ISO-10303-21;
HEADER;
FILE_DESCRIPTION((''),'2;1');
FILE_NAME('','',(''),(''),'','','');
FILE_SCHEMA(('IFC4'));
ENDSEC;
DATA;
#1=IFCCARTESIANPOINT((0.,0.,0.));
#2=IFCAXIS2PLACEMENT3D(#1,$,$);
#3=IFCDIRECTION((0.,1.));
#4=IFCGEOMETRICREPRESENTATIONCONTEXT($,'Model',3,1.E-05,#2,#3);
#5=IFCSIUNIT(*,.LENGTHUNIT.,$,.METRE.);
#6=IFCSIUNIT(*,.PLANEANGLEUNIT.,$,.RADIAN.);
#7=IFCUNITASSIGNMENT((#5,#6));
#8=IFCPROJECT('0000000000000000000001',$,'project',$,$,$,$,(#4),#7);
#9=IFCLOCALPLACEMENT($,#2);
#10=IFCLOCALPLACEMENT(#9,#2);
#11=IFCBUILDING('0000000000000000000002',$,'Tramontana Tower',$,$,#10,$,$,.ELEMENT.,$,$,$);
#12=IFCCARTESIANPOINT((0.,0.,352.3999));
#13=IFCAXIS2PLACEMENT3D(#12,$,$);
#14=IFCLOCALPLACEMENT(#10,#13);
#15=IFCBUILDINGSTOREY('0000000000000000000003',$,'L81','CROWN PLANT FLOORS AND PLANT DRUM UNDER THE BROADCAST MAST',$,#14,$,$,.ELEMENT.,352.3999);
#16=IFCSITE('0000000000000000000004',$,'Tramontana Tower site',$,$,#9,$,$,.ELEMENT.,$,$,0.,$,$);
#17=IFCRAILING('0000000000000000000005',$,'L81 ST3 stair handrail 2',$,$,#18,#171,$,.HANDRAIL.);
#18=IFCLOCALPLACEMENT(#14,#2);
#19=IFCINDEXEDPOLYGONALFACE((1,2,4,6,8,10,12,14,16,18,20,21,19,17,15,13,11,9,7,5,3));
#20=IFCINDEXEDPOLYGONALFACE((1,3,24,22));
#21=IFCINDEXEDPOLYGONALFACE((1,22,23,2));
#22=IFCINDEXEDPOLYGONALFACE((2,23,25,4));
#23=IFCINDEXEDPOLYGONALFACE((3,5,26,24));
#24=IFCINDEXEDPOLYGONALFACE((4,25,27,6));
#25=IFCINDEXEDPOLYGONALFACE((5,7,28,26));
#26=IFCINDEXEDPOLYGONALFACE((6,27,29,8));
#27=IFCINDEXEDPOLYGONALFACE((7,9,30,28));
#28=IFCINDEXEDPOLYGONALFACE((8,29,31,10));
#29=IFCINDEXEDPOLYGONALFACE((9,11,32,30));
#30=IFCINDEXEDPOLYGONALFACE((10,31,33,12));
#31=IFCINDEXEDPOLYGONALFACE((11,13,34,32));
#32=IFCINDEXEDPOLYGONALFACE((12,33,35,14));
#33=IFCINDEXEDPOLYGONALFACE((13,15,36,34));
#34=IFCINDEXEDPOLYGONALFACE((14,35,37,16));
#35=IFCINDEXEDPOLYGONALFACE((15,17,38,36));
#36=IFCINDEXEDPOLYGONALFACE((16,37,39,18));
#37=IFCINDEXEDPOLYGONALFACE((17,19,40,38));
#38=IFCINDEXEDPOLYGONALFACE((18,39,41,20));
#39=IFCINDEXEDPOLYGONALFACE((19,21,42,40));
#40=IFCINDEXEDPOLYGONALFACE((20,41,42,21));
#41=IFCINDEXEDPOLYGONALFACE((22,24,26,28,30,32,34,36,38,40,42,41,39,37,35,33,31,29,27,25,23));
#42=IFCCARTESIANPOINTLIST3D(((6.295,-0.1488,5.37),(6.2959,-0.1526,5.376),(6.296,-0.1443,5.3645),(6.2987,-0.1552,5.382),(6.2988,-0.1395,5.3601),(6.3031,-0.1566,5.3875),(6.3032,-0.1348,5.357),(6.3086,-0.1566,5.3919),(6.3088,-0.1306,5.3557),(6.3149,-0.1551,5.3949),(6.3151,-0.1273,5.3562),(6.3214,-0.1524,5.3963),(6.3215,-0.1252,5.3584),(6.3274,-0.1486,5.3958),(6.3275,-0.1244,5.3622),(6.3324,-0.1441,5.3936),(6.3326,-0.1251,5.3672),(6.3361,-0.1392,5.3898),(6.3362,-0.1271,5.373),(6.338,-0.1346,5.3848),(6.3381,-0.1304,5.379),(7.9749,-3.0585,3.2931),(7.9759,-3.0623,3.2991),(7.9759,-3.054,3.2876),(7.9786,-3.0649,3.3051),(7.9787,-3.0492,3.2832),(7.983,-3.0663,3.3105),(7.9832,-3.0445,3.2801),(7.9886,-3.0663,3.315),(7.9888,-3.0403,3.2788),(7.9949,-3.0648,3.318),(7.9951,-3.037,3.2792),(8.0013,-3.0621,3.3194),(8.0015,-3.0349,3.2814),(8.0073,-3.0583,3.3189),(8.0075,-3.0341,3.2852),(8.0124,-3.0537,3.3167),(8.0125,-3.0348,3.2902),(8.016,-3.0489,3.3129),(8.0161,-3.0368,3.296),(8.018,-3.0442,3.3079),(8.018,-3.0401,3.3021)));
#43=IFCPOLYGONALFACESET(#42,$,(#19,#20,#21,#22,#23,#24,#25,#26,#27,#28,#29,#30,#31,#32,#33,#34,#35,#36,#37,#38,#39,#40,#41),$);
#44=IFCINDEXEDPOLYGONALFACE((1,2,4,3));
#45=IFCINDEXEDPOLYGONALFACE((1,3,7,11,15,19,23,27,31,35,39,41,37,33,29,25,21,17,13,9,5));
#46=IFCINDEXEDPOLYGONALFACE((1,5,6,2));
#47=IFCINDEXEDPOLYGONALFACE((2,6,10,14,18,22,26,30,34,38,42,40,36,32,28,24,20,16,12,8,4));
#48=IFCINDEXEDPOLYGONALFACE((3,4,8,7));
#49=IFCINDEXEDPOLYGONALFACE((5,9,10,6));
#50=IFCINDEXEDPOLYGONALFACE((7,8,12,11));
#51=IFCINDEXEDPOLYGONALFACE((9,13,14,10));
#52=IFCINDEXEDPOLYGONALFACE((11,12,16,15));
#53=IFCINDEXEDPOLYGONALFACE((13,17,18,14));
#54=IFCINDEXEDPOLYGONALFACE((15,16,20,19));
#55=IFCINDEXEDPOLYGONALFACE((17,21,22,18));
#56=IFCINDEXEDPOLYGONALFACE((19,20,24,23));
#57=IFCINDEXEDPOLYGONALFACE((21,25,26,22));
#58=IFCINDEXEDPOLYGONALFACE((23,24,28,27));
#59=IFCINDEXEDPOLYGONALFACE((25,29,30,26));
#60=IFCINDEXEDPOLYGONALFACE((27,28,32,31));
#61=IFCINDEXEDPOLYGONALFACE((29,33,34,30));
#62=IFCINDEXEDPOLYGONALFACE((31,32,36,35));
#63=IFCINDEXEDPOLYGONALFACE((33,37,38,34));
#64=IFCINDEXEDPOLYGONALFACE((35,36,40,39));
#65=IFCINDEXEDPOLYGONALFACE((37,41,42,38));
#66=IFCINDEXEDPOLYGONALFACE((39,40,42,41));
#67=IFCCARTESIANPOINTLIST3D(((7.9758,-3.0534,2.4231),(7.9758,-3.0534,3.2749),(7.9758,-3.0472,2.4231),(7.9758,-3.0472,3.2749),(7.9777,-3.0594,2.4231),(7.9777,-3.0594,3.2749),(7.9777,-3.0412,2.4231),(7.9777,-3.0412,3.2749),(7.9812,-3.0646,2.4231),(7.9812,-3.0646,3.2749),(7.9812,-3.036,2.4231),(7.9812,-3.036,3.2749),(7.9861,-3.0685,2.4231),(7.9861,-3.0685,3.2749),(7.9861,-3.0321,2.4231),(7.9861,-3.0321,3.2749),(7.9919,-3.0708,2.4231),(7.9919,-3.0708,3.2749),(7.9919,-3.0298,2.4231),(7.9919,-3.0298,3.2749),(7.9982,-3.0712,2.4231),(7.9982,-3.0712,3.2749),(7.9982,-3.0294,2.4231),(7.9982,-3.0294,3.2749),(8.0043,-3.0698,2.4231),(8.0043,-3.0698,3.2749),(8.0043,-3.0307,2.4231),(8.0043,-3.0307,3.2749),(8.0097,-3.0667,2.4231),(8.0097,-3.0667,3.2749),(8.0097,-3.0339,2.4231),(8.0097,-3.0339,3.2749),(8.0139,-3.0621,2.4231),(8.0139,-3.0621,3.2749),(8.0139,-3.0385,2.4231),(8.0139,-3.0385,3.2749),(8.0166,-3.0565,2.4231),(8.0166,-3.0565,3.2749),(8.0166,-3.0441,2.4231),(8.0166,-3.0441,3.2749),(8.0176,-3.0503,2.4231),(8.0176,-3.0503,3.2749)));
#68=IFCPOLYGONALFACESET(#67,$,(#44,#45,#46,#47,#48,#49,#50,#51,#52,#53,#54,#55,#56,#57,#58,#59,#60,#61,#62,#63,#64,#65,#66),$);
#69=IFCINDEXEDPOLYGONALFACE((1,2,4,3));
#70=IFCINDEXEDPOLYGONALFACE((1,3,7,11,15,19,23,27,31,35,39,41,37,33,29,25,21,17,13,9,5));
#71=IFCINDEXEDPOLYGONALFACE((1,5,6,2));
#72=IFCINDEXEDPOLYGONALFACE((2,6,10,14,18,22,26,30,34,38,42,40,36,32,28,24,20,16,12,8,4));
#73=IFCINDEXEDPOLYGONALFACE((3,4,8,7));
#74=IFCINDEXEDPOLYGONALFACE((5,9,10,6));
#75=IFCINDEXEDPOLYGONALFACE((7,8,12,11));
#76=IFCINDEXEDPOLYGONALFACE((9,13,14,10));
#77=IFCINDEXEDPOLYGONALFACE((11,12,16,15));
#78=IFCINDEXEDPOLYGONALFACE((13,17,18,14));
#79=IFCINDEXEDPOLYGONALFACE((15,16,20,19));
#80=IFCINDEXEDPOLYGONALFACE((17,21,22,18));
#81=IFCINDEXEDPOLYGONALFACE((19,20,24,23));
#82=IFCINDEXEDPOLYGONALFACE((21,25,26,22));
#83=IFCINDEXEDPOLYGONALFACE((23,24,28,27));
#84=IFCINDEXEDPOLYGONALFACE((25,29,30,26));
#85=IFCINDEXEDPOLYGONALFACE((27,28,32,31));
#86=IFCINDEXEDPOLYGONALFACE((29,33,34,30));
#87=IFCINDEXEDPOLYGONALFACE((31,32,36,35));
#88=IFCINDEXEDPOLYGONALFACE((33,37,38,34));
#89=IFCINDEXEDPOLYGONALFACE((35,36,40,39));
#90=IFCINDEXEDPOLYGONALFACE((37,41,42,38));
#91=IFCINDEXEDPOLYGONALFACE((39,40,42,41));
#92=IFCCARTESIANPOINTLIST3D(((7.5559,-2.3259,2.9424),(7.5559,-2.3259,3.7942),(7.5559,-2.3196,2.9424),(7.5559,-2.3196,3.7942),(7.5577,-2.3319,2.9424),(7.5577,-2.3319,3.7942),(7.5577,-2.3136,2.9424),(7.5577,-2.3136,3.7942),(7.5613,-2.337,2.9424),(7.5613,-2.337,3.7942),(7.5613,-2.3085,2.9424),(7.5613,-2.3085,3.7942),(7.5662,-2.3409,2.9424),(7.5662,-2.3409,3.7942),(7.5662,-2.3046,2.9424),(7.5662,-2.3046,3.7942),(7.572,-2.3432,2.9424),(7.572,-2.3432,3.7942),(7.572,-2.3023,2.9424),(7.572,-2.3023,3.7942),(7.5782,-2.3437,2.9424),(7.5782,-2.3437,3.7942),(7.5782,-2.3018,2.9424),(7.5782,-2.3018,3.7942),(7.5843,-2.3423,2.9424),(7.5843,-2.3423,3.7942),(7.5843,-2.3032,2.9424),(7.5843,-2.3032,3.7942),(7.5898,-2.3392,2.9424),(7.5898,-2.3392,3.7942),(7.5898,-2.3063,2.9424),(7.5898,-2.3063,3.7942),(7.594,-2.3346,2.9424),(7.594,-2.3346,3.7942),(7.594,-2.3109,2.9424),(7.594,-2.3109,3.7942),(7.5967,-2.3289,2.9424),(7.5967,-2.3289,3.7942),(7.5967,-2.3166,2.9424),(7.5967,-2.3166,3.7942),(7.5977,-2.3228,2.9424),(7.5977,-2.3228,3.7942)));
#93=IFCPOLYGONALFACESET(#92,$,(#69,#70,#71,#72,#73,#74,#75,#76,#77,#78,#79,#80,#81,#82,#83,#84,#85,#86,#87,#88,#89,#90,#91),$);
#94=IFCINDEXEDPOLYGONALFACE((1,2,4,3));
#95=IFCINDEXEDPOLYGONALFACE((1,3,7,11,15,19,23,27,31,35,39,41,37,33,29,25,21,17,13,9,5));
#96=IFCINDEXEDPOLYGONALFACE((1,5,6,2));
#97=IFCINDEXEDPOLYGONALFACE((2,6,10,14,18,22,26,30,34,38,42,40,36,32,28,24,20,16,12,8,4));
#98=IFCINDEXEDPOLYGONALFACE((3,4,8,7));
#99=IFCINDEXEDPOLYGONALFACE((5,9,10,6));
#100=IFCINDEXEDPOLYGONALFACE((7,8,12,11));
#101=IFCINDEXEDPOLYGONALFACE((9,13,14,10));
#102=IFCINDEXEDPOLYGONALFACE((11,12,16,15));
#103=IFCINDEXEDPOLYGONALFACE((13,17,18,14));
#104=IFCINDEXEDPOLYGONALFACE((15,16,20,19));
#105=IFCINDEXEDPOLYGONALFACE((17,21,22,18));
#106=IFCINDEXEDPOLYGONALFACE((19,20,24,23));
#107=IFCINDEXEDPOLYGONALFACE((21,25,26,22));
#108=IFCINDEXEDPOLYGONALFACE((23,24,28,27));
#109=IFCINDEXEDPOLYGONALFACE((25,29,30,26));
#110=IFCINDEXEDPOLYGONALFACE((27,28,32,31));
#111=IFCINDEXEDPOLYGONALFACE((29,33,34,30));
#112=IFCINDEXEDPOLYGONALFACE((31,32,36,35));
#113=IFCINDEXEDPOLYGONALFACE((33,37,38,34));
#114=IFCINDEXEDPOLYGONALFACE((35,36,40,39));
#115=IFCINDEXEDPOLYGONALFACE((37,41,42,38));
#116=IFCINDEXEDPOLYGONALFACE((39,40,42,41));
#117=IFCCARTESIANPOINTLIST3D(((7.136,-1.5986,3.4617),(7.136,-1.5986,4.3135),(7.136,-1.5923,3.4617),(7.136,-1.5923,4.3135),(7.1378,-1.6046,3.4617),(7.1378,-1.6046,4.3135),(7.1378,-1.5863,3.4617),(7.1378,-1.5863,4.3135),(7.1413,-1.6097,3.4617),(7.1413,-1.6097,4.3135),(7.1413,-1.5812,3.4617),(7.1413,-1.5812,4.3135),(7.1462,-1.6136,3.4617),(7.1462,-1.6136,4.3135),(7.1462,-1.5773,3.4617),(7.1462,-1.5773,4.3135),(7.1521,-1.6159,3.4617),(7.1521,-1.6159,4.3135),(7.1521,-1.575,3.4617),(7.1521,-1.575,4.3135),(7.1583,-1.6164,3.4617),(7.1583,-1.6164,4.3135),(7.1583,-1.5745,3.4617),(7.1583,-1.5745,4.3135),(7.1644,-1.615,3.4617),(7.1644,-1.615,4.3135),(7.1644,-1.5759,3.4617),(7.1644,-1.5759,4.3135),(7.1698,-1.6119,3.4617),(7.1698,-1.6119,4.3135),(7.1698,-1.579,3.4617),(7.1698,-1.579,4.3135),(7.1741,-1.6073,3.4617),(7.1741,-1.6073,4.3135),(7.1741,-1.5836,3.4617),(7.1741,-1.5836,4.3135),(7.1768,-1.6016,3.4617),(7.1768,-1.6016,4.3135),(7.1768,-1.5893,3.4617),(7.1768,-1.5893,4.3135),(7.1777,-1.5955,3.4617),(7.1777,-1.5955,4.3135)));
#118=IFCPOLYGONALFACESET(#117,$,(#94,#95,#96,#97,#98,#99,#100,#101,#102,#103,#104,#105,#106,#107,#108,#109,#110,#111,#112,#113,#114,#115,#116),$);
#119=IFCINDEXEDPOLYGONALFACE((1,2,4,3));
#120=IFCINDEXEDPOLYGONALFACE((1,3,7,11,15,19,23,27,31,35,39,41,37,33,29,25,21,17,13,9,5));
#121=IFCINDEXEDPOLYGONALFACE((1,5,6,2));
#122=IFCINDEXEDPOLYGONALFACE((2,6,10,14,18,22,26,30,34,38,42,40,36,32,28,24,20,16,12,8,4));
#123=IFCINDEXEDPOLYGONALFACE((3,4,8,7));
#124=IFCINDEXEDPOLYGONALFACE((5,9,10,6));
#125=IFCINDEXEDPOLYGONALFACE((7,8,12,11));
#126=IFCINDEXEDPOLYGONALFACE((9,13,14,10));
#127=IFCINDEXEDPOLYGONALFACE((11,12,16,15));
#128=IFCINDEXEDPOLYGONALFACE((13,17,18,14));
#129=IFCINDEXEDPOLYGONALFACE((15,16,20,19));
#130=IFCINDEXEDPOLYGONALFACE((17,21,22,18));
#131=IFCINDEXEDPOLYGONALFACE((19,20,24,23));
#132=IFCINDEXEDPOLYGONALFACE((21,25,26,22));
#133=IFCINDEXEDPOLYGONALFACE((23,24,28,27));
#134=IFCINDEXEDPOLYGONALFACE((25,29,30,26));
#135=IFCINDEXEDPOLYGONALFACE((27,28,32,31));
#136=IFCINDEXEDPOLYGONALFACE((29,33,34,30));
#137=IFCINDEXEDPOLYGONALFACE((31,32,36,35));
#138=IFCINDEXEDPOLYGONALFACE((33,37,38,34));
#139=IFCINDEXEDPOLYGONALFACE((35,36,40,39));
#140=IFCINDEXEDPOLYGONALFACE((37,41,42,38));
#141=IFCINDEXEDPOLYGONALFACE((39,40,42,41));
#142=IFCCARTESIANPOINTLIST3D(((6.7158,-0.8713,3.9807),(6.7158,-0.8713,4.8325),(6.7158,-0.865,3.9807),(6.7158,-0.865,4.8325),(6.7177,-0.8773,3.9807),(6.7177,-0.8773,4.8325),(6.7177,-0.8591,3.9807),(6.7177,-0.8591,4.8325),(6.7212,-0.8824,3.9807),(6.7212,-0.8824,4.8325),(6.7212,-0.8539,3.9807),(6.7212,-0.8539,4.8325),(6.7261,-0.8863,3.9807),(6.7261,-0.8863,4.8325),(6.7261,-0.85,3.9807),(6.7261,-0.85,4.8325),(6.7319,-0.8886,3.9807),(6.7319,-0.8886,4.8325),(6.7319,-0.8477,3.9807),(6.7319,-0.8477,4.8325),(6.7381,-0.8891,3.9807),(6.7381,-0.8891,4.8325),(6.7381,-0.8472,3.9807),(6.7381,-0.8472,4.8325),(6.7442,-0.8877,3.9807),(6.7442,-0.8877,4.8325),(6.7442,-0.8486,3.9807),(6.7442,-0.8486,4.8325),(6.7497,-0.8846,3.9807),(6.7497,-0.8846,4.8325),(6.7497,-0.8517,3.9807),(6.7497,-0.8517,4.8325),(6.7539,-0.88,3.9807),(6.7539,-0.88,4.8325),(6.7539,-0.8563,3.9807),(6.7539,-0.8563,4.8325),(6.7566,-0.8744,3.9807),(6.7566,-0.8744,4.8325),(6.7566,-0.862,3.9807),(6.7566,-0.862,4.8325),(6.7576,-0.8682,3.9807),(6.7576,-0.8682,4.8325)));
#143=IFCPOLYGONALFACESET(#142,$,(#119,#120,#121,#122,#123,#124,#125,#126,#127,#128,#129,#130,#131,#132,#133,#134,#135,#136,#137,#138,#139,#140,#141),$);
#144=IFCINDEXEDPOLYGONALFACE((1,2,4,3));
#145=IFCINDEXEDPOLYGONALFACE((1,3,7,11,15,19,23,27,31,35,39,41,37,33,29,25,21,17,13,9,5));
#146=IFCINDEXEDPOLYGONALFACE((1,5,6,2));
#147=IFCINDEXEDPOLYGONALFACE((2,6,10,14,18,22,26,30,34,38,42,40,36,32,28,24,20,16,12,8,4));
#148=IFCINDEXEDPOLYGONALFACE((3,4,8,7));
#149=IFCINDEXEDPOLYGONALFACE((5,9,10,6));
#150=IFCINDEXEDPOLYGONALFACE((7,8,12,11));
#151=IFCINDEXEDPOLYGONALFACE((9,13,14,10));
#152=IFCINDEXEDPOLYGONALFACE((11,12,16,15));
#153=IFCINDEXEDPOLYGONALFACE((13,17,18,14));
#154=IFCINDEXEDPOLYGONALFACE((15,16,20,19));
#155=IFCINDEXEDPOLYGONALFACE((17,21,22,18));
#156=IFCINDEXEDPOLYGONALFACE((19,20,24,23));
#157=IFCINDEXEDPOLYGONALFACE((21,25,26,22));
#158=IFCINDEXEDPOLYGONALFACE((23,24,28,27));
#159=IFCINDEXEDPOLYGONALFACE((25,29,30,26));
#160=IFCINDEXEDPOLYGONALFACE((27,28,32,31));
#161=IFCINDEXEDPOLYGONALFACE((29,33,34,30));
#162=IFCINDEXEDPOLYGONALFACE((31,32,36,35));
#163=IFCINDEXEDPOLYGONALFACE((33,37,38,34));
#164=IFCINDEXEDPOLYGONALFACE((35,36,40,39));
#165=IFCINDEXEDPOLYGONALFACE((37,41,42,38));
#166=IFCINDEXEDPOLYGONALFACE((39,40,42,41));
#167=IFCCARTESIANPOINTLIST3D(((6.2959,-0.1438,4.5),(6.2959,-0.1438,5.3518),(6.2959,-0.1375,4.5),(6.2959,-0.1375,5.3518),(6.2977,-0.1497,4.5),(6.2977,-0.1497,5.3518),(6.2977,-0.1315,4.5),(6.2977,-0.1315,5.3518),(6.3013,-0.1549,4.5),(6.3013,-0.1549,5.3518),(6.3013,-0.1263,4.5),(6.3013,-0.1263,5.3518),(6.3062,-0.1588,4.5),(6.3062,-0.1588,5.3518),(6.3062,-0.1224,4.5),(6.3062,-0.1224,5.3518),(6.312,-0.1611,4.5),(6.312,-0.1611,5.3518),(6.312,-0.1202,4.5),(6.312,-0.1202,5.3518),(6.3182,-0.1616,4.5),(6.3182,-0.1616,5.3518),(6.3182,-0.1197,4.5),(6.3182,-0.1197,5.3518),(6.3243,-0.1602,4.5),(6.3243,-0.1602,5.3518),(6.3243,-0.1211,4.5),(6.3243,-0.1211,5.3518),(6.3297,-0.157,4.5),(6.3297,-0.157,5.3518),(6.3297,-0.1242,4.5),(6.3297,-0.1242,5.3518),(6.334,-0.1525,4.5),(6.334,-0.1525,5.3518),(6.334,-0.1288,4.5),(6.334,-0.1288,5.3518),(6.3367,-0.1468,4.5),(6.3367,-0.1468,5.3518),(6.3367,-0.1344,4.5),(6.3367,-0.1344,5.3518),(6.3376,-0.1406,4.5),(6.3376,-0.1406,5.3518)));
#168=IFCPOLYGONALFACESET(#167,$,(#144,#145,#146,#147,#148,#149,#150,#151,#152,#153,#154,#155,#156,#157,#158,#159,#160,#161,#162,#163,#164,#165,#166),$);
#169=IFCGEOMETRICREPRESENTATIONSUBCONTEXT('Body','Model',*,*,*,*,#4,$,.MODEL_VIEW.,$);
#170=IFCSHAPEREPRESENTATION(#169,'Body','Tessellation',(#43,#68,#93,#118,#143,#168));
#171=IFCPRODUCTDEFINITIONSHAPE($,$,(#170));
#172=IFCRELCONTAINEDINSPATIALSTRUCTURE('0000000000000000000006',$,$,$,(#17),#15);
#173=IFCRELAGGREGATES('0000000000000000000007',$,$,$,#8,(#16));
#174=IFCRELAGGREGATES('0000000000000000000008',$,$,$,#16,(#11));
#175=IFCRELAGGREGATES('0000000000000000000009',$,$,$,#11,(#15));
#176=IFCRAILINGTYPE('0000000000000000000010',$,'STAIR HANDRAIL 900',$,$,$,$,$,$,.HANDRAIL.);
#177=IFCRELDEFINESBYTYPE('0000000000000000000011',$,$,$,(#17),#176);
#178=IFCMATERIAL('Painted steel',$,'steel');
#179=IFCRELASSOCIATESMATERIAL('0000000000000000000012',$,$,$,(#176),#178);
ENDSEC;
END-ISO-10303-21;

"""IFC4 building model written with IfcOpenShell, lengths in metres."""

from ifc_helpers import new_model, si_unit, direction, frame, origin, origin_2d, place, context, subcontext, project, spatial, circle, extrude, material, type_object, element, save


model = new_model("IFC4")

# Units and contexts
model_context = context("Model", 3, precision=1e-05, world=origin(), true_north=direction((0.0, 1.0)))
body_context = subcontext(model_context, "Body", "Model", "MODEL_VIEW")
ifc_project = project(units=[si_unit("LENGTHUNIT", "METRE"), si_unit("PLANEANGLEUNIT", "RADIAN")], contexts=[model_context])

# Site, building, storey
site_placement = place(None, origin())
site = spatial("IfcSite", under=ifc_project, at=site_placement, Name="Tramontana Tower site", CompositionType="ELEMENT", RefElevation=0.0)
building_placement = place(site_placement, origin())
building = spatial("IfcBuilding", under=site, at=building_placement, Name="Tramontana Tower", CompositionType="ELEMENT")
storey_placement = place(building_placement, frame((0.0, 0.0, 352.3999)))
storey = spatial("IfcBuildingStorey", under=building, at=storey_placement, Name="L81", Description="CROWN PLANT FLOORS AND PLANT DRUM UNDER THE BROADCAST MAST", CompositionType="ELEMENT", Elevation=352.3999)

# Railing
ifc_material_1 = material(Name="Painted steel", Category="steel")
railing_type_1 = type_object("IfcRailingType", Name="STAIR HANDRAIL 900", PredefinedType="HANDRAIL", material=ifc_material_1)
railing_1_placement = place(storey_placement, frame((7.9966, -3.0503, 2.4231)))
element("IfcRailing", 1, at=railing_1_placement, inside=storey, type_object=railing_type_1, Name="L81 ST3 stair handrail 2", PredefinedType="HANDRAIL", context=body_context, shape_type="SweptSolid", body=[
    extrude(circle(Radius=0.0239, at=origin_2d()), frame((0.0, 0.0, 0.876), z_axis=(-0.425308, 0.73664, 0.525809), x_axis=(-0.866021, -0.500008, 0.0)), (0.0, 0.0, 1.0), 3.95),
    extrude(circle(Radius=0.021, at=origin_2d()), origin(), (0.0, 0.0, 1.0), 0.8518),
    extrude(circle(Radius=0.021, at=origin_2d()), frame((-0.4199, 0.7275, 0.5193)), (0.0, 0.0, 1.0), 0.8518),
    extrude(circle(Radius=0.021, at=origin_2d()), frame((-0.8398, 1.4548, 1.0386)), (0.0, 0.0, 1.0), 0.8518),
    extrude(circle(Radius=0.021, at=origin_2d()), frame((-1.26, 2.1821, 1.5576)), (0.0, 0.0, 1.0), 0.8518),
    extrude(circle(Radius=0.021, at=origin_2d()), frame((-1.6799, 2.9097, 2.0769)), (0.0, 0.0, 1.0), 0.8518),
])

save(model, "model.ifc")
